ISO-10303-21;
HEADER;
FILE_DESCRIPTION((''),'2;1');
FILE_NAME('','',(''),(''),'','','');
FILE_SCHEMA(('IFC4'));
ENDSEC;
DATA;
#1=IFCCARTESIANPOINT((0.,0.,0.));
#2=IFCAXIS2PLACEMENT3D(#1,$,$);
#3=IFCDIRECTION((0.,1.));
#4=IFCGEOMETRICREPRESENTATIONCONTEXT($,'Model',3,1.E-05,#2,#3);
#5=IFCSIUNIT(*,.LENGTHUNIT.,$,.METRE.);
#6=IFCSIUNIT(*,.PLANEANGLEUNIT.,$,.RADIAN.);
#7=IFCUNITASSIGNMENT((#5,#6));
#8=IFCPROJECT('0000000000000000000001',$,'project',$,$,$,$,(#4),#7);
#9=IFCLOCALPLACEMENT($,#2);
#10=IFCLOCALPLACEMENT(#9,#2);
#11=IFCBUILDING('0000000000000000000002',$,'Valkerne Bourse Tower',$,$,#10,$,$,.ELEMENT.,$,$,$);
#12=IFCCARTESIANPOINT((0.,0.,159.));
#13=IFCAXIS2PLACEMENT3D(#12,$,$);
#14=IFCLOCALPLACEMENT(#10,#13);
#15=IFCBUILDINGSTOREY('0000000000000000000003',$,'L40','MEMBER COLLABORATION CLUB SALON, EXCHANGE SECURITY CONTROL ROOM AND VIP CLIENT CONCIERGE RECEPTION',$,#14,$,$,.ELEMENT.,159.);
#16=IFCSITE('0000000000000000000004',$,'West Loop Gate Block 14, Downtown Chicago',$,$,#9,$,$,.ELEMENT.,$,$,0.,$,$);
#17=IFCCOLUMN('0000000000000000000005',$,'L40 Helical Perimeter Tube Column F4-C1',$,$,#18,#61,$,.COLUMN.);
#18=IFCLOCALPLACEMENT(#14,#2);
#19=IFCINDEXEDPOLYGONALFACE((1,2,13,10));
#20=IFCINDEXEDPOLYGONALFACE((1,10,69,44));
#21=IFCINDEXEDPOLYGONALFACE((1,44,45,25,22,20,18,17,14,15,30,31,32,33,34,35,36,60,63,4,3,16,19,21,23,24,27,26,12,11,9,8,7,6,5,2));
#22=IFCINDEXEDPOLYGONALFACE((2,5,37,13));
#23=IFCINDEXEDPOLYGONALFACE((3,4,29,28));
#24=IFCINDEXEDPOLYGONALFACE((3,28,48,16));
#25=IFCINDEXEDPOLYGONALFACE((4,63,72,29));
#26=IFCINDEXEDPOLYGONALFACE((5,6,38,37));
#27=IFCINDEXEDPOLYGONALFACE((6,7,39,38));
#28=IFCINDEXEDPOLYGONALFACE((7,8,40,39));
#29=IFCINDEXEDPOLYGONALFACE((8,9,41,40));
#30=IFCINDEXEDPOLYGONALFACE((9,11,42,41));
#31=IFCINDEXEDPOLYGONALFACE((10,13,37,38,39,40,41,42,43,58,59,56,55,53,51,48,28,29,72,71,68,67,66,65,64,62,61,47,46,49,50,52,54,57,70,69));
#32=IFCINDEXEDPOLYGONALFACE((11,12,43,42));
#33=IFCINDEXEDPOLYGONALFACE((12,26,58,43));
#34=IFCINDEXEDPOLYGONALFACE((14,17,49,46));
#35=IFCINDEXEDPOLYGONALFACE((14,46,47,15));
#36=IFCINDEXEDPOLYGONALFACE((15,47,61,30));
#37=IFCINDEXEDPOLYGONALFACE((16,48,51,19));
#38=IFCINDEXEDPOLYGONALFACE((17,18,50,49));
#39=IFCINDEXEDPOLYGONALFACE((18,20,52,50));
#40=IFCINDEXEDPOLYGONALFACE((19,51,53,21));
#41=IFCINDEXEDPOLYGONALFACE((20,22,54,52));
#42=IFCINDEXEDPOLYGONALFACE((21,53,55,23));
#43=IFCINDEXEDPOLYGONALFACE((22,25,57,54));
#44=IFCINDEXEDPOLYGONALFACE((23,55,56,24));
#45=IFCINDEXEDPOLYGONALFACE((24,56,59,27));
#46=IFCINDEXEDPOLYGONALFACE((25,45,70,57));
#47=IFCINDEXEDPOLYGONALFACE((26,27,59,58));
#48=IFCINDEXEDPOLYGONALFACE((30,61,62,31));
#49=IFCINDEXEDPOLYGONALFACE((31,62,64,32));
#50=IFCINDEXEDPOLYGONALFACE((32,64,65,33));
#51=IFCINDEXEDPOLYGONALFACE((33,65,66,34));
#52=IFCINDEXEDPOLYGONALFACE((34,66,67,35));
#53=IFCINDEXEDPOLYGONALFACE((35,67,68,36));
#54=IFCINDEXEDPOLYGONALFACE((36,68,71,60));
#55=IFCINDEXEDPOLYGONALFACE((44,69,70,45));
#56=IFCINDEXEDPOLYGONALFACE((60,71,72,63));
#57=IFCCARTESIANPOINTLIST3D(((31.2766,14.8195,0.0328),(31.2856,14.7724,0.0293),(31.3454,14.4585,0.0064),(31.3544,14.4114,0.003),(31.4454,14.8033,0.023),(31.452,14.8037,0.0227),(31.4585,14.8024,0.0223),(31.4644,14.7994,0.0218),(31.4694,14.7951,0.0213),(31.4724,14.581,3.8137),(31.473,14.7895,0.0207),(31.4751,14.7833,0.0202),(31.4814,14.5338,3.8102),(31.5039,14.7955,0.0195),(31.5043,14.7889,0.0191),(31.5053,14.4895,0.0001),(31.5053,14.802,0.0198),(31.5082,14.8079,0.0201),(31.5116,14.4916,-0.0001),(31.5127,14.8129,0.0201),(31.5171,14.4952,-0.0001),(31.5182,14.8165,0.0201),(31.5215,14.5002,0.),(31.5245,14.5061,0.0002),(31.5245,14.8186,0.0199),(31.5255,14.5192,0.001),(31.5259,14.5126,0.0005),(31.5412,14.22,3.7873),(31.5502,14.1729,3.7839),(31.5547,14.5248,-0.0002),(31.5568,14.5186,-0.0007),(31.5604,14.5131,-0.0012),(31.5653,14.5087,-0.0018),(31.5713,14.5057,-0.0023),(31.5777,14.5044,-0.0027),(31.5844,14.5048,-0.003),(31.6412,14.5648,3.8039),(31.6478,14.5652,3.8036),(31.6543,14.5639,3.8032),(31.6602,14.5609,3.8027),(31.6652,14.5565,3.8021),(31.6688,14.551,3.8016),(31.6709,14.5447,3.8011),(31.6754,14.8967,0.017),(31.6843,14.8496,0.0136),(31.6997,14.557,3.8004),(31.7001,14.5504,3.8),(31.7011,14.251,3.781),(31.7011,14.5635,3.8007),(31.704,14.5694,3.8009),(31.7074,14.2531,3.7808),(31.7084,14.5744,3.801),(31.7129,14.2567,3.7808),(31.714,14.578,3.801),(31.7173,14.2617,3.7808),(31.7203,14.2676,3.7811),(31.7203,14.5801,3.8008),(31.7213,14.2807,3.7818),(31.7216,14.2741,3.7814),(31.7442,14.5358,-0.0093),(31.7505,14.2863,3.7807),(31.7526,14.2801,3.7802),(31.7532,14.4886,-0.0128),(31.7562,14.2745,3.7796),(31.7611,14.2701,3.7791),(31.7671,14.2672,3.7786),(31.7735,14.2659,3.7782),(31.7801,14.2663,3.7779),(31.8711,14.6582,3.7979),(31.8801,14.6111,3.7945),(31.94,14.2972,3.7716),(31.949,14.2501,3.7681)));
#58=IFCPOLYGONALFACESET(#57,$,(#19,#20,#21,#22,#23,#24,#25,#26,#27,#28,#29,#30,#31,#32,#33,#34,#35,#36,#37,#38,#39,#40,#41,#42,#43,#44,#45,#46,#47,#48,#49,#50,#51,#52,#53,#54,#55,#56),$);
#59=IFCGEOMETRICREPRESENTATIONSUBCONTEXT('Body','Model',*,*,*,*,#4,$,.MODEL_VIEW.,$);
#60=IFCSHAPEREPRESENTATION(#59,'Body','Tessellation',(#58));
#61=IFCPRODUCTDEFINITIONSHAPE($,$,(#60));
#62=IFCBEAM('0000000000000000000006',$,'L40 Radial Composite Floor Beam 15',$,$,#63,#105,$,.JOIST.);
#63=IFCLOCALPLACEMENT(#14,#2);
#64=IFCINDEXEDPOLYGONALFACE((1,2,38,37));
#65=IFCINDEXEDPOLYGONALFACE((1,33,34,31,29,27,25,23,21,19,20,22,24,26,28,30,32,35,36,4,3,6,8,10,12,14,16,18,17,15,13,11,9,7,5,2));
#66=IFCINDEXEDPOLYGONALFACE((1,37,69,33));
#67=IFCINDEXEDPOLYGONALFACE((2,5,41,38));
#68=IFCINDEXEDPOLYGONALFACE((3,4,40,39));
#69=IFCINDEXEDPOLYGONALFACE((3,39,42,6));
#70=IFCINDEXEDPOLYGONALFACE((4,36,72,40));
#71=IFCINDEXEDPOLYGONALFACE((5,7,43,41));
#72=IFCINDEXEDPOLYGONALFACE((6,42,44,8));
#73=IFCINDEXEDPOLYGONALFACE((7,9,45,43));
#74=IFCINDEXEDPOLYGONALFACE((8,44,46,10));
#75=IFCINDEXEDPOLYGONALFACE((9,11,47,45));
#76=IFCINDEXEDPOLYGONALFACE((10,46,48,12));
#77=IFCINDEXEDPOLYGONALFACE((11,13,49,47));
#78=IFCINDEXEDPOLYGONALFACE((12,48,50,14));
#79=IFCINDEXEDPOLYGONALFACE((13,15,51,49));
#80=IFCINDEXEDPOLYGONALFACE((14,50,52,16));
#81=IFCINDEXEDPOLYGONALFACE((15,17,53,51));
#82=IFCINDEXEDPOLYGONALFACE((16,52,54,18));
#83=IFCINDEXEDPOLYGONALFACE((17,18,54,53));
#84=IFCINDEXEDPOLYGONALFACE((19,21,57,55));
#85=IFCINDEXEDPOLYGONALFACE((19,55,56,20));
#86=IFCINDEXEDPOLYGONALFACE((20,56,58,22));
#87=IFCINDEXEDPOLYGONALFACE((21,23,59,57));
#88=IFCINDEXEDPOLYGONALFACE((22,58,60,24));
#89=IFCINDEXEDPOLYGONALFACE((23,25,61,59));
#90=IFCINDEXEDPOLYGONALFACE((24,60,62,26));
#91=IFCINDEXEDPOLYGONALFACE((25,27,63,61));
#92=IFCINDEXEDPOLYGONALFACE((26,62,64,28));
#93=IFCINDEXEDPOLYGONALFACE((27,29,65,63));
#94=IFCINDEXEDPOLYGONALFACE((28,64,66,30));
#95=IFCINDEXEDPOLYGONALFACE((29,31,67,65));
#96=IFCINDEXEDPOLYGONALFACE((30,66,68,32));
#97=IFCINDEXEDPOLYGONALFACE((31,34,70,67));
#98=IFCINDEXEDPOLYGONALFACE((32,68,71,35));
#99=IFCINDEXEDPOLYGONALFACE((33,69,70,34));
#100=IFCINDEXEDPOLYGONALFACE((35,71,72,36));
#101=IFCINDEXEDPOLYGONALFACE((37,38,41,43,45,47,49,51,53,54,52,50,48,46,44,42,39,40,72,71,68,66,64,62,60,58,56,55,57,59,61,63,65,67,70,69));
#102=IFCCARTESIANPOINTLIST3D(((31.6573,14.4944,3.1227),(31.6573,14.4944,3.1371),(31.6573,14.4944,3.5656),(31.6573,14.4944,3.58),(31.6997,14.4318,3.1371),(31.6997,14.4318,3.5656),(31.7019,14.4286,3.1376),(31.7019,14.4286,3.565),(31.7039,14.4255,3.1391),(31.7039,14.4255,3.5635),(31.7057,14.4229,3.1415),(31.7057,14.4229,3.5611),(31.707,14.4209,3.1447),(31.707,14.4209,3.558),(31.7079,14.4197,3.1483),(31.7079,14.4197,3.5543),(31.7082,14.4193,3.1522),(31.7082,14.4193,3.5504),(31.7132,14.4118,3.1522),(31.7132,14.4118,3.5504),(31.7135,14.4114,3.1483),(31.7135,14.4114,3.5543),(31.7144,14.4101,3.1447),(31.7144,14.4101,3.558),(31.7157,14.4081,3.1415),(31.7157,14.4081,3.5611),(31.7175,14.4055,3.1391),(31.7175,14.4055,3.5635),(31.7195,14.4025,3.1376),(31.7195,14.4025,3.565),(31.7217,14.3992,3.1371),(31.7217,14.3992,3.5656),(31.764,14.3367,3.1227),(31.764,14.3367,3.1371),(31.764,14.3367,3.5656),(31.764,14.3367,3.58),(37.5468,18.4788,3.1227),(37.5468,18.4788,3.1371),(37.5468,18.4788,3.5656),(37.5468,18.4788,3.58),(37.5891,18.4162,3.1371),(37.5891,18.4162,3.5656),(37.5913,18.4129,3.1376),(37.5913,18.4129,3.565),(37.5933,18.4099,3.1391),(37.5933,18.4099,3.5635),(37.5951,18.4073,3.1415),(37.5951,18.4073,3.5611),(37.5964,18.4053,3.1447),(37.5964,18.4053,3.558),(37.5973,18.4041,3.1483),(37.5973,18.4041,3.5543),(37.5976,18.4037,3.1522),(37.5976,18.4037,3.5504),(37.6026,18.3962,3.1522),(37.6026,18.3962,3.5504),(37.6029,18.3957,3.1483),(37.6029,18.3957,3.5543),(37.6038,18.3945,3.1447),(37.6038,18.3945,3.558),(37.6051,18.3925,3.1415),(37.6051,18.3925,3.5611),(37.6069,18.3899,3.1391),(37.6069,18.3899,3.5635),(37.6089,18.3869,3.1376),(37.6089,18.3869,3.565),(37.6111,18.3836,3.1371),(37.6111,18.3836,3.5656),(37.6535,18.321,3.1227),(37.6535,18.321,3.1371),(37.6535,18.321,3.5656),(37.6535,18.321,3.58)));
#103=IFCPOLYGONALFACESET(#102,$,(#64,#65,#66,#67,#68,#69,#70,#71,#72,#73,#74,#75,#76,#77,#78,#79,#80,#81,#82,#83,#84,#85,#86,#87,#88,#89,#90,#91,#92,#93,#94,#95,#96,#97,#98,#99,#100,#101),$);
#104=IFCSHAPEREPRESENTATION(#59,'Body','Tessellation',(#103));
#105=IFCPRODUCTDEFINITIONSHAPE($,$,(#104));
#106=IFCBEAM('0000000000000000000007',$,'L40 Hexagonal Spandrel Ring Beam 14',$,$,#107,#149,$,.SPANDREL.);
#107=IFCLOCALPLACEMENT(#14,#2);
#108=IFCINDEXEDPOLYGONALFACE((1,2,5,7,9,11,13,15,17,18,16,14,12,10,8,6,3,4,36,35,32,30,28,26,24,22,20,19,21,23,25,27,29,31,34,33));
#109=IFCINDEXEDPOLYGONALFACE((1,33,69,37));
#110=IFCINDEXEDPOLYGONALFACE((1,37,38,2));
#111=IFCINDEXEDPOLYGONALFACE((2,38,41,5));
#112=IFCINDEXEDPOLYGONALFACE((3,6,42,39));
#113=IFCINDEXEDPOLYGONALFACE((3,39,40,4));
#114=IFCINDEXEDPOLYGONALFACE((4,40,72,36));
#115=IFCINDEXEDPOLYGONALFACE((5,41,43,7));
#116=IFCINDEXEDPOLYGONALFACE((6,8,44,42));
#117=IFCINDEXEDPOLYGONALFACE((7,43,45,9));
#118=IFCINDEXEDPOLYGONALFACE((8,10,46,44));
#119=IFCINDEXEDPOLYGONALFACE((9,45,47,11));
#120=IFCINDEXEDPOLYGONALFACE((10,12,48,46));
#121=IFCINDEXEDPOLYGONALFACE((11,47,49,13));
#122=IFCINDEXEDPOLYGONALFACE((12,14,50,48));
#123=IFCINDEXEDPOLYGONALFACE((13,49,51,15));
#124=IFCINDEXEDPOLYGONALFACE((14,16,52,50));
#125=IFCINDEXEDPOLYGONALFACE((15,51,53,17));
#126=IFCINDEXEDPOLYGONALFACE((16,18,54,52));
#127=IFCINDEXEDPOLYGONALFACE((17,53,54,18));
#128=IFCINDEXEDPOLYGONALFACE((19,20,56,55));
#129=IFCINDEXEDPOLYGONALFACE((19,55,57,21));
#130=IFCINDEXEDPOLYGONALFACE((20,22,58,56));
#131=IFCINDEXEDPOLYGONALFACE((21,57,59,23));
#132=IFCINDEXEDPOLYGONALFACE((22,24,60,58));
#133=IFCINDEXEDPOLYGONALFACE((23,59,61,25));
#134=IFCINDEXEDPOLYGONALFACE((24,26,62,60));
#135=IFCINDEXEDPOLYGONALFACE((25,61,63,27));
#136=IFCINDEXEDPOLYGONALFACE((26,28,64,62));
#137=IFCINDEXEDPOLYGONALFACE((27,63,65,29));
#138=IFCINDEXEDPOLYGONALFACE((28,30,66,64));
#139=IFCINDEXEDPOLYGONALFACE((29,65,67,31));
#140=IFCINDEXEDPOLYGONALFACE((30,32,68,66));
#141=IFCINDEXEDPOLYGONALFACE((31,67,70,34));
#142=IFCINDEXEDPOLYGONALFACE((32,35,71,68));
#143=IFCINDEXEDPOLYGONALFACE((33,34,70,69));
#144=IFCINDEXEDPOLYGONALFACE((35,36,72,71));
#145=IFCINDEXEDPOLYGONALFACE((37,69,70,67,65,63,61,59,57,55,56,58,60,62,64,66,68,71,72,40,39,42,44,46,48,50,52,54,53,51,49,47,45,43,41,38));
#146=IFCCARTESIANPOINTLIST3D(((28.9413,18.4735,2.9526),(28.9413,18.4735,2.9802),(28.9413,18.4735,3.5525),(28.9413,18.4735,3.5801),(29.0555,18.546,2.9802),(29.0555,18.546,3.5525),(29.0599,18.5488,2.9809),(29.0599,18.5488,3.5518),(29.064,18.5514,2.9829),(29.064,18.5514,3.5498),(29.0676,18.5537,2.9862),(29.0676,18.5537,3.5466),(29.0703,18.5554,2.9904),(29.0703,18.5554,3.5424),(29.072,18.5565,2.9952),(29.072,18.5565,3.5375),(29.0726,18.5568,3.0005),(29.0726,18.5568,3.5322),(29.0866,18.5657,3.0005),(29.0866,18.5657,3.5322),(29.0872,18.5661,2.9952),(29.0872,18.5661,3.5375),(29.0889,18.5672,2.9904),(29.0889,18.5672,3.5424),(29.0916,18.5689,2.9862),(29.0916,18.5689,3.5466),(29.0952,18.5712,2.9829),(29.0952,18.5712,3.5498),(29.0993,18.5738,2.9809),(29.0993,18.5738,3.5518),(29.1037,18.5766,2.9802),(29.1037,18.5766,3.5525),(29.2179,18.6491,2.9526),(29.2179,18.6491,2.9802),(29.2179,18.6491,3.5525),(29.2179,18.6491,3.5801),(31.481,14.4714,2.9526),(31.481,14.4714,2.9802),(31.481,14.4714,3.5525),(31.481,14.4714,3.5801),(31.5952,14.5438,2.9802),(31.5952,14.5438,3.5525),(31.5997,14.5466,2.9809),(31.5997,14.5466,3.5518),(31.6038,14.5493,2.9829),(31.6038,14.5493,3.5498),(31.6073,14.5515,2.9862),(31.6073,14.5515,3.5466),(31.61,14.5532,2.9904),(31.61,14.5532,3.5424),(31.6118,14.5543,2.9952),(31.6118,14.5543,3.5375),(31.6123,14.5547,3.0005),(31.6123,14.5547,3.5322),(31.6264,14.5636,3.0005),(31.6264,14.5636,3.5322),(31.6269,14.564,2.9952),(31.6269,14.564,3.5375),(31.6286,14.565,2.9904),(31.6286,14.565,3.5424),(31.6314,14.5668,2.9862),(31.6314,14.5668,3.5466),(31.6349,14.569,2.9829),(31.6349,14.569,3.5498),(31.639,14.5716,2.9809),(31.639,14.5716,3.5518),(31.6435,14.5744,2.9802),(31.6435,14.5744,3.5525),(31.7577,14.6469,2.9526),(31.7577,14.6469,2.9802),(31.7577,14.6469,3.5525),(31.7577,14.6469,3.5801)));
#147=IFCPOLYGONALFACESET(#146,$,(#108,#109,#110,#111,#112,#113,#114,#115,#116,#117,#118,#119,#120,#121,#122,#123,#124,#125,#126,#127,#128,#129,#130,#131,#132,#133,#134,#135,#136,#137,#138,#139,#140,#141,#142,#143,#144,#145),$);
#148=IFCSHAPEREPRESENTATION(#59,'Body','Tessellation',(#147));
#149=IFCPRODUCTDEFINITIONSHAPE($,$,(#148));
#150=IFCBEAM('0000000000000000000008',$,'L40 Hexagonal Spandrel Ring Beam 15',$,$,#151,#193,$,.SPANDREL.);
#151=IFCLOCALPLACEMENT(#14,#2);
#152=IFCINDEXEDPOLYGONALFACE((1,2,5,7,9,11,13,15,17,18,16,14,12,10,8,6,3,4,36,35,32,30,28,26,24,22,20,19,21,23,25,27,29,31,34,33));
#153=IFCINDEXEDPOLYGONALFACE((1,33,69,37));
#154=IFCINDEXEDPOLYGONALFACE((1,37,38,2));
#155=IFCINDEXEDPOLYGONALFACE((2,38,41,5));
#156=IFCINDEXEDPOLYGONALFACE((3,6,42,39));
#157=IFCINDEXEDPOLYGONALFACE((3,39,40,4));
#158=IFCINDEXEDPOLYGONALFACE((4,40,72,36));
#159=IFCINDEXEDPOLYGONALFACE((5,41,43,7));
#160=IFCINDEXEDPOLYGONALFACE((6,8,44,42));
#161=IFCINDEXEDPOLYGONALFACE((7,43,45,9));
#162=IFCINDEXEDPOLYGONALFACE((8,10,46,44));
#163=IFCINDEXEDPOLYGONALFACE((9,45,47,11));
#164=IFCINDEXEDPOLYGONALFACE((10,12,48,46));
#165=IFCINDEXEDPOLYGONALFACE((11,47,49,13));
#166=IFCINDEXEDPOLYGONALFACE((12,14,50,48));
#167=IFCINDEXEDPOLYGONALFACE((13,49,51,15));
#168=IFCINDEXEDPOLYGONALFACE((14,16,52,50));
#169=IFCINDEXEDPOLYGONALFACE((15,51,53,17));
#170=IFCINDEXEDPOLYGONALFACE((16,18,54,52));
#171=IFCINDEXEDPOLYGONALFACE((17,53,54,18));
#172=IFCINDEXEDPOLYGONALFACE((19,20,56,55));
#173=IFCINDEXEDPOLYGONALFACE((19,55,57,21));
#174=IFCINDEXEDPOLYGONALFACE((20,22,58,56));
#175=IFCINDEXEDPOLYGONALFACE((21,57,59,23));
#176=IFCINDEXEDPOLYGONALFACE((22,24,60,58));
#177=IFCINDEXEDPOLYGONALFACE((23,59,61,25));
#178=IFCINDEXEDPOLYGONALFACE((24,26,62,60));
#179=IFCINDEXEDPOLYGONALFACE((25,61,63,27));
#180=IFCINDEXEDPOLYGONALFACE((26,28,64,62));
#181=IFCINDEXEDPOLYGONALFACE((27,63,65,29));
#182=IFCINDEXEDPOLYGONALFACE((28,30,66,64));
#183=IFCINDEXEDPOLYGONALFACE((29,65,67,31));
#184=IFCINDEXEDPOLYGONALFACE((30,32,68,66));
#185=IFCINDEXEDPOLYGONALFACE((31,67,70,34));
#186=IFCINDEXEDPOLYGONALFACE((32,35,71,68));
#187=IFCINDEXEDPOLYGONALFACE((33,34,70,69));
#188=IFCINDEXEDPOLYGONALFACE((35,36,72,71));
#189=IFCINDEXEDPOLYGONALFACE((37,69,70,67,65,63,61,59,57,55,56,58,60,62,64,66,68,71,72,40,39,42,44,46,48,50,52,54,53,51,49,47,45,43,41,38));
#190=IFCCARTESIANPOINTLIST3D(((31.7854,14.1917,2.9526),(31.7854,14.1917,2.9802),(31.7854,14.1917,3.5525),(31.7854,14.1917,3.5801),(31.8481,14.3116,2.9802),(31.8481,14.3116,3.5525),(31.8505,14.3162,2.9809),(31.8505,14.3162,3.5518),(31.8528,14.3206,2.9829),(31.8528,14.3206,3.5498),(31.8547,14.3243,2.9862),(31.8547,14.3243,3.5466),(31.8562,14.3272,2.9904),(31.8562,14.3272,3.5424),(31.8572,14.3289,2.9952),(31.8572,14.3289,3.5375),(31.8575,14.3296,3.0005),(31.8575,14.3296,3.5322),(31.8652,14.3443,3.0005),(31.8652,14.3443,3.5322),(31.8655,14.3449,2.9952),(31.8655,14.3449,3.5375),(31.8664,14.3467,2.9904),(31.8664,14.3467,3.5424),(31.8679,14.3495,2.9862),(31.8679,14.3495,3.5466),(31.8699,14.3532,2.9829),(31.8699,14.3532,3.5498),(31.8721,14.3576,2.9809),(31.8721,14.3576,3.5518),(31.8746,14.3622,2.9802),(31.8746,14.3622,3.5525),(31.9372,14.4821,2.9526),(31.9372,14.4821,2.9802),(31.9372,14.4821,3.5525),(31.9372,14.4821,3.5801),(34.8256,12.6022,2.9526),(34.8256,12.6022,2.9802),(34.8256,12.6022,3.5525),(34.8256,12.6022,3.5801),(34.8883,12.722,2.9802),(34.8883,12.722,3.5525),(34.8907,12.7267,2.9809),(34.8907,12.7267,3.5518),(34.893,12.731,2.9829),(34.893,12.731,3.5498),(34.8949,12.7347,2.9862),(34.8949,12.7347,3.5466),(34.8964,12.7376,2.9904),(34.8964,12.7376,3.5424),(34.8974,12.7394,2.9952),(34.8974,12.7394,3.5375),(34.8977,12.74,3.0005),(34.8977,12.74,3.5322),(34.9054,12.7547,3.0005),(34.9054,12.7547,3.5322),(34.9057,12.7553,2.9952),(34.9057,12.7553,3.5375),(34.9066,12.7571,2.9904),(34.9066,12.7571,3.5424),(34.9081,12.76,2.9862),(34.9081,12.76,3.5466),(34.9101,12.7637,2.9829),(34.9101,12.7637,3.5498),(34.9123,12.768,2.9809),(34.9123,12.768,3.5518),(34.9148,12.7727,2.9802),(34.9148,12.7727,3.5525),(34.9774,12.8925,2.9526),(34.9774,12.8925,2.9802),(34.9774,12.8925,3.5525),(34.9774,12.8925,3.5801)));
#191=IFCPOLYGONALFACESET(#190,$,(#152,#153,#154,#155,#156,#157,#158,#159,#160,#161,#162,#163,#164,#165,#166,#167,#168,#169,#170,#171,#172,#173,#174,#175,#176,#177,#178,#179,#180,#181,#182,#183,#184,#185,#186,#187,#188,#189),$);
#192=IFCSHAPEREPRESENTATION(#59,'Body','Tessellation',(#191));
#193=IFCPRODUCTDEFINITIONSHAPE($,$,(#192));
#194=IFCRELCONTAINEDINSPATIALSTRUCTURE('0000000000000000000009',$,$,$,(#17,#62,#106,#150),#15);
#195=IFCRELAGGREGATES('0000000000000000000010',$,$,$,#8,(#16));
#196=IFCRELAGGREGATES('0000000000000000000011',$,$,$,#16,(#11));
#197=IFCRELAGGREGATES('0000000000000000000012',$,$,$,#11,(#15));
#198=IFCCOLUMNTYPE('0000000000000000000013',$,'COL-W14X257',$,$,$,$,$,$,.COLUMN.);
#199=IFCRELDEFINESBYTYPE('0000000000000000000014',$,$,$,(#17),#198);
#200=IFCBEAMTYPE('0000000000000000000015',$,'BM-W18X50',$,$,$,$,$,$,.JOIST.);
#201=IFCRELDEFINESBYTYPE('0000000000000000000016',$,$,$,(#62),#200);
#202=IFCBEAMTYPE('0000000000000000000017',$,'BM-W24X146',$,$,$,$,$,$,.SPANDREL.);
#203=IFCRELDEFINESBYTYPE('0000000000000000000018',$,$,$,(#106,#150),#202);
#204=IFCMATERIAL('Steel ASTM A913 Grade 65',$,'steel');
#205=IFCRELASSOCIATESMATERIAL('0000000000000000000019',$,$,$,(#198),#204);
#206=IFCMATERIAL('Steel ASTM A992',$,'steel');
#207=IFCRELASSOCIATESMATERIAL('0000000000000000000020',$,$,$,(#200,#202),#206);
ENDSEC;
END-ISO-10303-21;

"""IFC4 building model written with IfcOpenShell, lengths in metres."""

from ifc_helpers import new_model, si_unit, direction, frame, origin, origin_2d, place, context, subcontext, project, spatial, i_section, extrude, material, material_profile, profile_set, type_object, element, save


model = new_model("IFC4")

# Units and contexts
model_context = context("Model", 3, precision=1e-05, world=origin(), true_north=direction((0.0, 1.0)))
body_context = subcontext(model_context, "Body", "Model", "MODEL_VIEW")
ifc_project = project(units=[si_unit("LENGTHUNIT", "METRE"), si_unit("PLANEANGLEUNIT", "RADIAN")], contexts=[model_context])

# Site, building, storey
site_placement = place(None, origin())
site = spatial("IfcSite", under=ifc_project, at=site_placement, Name="West Loop Gate Block 14, Downtown Chicago", CompositionType="ELEMENT", RefElevation=0.0)
building_placement = place(site_placement, origin())
building = spatial("IfcBuilding", under=site, at=building_placement, Name="Valkerne Bourse Tower", CompositionType="ELEMENT")
storey_placement = place(building_placement, frame((0.0, 0.0, 159.0)))
storey = spatial("IfcBuildingStorey", under=building, at=storey_placement, Name="L40", Description="MEMBER COLLABORATION CLUB SALON, EXCHANGE SECURITY CONTROL ROOM AND VIP CLIENT CONCIERGE RECEPTION", CompositionType="ELEMENT", Elevation=159.0)

# Column
ifc_material_1 = material(Name="Steel ASTM A913 Grade 65", Category="steel")
ifc_material_profile_1 = material_profile(ifc_material_1, i_section(OverallWidth=0.4065, OverallDepth=0.4165, WebThickness=0.0298, FlangeThickness=0.0481, FilletRadius=0.0254, at=origin_2d()), Name="W14X257")
ifc_profile_set_1 = profile_set([ifc_material_profile_1], Name="Steel ASTM A913 Grade 65")
column_type = type_object("IfcColumnType", Name="COL-W14X257", PredefinedType="COLUMN", material=ifc_profile_set_1)
column_placement = place(storey_placement, frame((31.5149, 14.6541, 0.01), z_axis=(0.051614, -0.062876, 0.996686), x_axis=(0.981015, 0.190007, -0.038816)))
element("IfcColumn", 1, at=column_placement, inside=storey, type_object=column_type, Name="L40 Helical Perimeter Tube Column F4-C1", PredefinedType="COLUMN", context=body_context, shape_type="SweptSolid", body=[
    extrude(i_section(OverallWidth=0.4065, OverallDepth=0.4165, WebThickness=0.0298, FlangeThickness=0.0481, FilletRadius=0.0254, at=origin_2d()), origin(), (0.0, 0.0, 1.0), 3.7935),
])

# Beams
ifc_material_2 = material(Name="Steel ASTM A992", Category="steel")
ifc_material_profile_2 = material_profile(ifc_material_2, i_section(OverallWidth=0.1904, OverallDepth=0.4573, WebThickness=0.009, FlangeThickness=0.0144, FilletRadius=0.0151, at=origin_2d()), Name="W18X50")
ifc_profile_set_2 = profile_set([ifc_material_profile_2], Name="Steel ASTM A992")
beam_type_1 = type_object("IfcBeamType", Name="BM-W18X50", PredefinedType="JOIST", material=ifc_profile_set_2)
beam_1_placement = place(storey_placement, frame((31.7107, 14.4155, 3.3513), z_axis=(0.82826, 0.560345, 0.0), x_axis=(-0.560345, 0.82826, 0.0)))
element("IfcBeam", 2, at=beam_1_placement, inside=storey, type_object=beam_type_1, Name="L40 Radial Composite Floor Beam 15", PredefinedType="JOIST", context=body_context, shape_type="SweptSolid", body=[
    extrude(i_section(OverallWidth=0.1904, OverallDepth=0.4573, WebThickness=0.009, FlangeThickness=0.0144, FilletRadius=0.0151, at=origin_2d()), origin(), (0.0, 0.0, 1.0), 7.1106),
])
ifc_material_profile_3 = material_profile(ifc_material_2, i_section(OverallWidth=0.3276, OverallDepth=0.6274, WebThickness=0.0166, FlangeThickness=0.0276, FilletRadius=0.0203, at=origin_2d()), Name="W24X146")
ifc_profile_set_3 = profile_set([ifc_material_profile_3], Name="Steel ASTM A992")
beam_type_2 = type_object("IfcBeamType", Name="BM-W24X146", PredefinedType="SPANDREL", material=ifc_profile_set_3)
beam_2_placement = place(storey_placement, frame((29.0796, 18.5613, 3.2664), z_axis=(0.535815, -0.844335, 0.0), x_axis=(0.844335, 0.535815, 0.0)))
element("IfcBeam", 3, at=beam_2_placement, inside=storey, type_object=beam_type_2, Name="L40 Hexagonal Spandrel Ring Beam 14", PredefinedType="SPANDREL", context=body_context, shape_type="SweptSolid", body=[
    extrude(i_section(OverallWidth=0.3276, OverallDepth=0.6274, WebThickness=0.0166, FlangeThickness=0.0276, FilletRadius=0.0203, at=origin_2d()), origin(), (0.0, 0.0, 1.0), 4.74),
])
beam_3_placement = place(storey_placement, frame((31.8613, 14.3369, 3.2664), z_axis=(0.886182, -0.463337, 0.0), x_axis=(0.463337, 0.886182, 0.0)))
element("IfcBeam", 4, at=beam_3_placement, inside=storey, type_object=beam_type_2, Name="L40 Hexagonal Spandrel Ring Beam 15", PredefinedType="SPANDREL", context=body_context, shape_type="SweptSolid", body=[
    extrude(i_section(OverallWidth=0.3276, OverallDepth=0.6274, WebThickness=0.0166, FlangeThickness=0.0276, FilletRadius=0.0203, at=origin_2d()), origin(), (0.0, 0.0, 1.0), 3.4307),
])

save(model, "model.ifc")
